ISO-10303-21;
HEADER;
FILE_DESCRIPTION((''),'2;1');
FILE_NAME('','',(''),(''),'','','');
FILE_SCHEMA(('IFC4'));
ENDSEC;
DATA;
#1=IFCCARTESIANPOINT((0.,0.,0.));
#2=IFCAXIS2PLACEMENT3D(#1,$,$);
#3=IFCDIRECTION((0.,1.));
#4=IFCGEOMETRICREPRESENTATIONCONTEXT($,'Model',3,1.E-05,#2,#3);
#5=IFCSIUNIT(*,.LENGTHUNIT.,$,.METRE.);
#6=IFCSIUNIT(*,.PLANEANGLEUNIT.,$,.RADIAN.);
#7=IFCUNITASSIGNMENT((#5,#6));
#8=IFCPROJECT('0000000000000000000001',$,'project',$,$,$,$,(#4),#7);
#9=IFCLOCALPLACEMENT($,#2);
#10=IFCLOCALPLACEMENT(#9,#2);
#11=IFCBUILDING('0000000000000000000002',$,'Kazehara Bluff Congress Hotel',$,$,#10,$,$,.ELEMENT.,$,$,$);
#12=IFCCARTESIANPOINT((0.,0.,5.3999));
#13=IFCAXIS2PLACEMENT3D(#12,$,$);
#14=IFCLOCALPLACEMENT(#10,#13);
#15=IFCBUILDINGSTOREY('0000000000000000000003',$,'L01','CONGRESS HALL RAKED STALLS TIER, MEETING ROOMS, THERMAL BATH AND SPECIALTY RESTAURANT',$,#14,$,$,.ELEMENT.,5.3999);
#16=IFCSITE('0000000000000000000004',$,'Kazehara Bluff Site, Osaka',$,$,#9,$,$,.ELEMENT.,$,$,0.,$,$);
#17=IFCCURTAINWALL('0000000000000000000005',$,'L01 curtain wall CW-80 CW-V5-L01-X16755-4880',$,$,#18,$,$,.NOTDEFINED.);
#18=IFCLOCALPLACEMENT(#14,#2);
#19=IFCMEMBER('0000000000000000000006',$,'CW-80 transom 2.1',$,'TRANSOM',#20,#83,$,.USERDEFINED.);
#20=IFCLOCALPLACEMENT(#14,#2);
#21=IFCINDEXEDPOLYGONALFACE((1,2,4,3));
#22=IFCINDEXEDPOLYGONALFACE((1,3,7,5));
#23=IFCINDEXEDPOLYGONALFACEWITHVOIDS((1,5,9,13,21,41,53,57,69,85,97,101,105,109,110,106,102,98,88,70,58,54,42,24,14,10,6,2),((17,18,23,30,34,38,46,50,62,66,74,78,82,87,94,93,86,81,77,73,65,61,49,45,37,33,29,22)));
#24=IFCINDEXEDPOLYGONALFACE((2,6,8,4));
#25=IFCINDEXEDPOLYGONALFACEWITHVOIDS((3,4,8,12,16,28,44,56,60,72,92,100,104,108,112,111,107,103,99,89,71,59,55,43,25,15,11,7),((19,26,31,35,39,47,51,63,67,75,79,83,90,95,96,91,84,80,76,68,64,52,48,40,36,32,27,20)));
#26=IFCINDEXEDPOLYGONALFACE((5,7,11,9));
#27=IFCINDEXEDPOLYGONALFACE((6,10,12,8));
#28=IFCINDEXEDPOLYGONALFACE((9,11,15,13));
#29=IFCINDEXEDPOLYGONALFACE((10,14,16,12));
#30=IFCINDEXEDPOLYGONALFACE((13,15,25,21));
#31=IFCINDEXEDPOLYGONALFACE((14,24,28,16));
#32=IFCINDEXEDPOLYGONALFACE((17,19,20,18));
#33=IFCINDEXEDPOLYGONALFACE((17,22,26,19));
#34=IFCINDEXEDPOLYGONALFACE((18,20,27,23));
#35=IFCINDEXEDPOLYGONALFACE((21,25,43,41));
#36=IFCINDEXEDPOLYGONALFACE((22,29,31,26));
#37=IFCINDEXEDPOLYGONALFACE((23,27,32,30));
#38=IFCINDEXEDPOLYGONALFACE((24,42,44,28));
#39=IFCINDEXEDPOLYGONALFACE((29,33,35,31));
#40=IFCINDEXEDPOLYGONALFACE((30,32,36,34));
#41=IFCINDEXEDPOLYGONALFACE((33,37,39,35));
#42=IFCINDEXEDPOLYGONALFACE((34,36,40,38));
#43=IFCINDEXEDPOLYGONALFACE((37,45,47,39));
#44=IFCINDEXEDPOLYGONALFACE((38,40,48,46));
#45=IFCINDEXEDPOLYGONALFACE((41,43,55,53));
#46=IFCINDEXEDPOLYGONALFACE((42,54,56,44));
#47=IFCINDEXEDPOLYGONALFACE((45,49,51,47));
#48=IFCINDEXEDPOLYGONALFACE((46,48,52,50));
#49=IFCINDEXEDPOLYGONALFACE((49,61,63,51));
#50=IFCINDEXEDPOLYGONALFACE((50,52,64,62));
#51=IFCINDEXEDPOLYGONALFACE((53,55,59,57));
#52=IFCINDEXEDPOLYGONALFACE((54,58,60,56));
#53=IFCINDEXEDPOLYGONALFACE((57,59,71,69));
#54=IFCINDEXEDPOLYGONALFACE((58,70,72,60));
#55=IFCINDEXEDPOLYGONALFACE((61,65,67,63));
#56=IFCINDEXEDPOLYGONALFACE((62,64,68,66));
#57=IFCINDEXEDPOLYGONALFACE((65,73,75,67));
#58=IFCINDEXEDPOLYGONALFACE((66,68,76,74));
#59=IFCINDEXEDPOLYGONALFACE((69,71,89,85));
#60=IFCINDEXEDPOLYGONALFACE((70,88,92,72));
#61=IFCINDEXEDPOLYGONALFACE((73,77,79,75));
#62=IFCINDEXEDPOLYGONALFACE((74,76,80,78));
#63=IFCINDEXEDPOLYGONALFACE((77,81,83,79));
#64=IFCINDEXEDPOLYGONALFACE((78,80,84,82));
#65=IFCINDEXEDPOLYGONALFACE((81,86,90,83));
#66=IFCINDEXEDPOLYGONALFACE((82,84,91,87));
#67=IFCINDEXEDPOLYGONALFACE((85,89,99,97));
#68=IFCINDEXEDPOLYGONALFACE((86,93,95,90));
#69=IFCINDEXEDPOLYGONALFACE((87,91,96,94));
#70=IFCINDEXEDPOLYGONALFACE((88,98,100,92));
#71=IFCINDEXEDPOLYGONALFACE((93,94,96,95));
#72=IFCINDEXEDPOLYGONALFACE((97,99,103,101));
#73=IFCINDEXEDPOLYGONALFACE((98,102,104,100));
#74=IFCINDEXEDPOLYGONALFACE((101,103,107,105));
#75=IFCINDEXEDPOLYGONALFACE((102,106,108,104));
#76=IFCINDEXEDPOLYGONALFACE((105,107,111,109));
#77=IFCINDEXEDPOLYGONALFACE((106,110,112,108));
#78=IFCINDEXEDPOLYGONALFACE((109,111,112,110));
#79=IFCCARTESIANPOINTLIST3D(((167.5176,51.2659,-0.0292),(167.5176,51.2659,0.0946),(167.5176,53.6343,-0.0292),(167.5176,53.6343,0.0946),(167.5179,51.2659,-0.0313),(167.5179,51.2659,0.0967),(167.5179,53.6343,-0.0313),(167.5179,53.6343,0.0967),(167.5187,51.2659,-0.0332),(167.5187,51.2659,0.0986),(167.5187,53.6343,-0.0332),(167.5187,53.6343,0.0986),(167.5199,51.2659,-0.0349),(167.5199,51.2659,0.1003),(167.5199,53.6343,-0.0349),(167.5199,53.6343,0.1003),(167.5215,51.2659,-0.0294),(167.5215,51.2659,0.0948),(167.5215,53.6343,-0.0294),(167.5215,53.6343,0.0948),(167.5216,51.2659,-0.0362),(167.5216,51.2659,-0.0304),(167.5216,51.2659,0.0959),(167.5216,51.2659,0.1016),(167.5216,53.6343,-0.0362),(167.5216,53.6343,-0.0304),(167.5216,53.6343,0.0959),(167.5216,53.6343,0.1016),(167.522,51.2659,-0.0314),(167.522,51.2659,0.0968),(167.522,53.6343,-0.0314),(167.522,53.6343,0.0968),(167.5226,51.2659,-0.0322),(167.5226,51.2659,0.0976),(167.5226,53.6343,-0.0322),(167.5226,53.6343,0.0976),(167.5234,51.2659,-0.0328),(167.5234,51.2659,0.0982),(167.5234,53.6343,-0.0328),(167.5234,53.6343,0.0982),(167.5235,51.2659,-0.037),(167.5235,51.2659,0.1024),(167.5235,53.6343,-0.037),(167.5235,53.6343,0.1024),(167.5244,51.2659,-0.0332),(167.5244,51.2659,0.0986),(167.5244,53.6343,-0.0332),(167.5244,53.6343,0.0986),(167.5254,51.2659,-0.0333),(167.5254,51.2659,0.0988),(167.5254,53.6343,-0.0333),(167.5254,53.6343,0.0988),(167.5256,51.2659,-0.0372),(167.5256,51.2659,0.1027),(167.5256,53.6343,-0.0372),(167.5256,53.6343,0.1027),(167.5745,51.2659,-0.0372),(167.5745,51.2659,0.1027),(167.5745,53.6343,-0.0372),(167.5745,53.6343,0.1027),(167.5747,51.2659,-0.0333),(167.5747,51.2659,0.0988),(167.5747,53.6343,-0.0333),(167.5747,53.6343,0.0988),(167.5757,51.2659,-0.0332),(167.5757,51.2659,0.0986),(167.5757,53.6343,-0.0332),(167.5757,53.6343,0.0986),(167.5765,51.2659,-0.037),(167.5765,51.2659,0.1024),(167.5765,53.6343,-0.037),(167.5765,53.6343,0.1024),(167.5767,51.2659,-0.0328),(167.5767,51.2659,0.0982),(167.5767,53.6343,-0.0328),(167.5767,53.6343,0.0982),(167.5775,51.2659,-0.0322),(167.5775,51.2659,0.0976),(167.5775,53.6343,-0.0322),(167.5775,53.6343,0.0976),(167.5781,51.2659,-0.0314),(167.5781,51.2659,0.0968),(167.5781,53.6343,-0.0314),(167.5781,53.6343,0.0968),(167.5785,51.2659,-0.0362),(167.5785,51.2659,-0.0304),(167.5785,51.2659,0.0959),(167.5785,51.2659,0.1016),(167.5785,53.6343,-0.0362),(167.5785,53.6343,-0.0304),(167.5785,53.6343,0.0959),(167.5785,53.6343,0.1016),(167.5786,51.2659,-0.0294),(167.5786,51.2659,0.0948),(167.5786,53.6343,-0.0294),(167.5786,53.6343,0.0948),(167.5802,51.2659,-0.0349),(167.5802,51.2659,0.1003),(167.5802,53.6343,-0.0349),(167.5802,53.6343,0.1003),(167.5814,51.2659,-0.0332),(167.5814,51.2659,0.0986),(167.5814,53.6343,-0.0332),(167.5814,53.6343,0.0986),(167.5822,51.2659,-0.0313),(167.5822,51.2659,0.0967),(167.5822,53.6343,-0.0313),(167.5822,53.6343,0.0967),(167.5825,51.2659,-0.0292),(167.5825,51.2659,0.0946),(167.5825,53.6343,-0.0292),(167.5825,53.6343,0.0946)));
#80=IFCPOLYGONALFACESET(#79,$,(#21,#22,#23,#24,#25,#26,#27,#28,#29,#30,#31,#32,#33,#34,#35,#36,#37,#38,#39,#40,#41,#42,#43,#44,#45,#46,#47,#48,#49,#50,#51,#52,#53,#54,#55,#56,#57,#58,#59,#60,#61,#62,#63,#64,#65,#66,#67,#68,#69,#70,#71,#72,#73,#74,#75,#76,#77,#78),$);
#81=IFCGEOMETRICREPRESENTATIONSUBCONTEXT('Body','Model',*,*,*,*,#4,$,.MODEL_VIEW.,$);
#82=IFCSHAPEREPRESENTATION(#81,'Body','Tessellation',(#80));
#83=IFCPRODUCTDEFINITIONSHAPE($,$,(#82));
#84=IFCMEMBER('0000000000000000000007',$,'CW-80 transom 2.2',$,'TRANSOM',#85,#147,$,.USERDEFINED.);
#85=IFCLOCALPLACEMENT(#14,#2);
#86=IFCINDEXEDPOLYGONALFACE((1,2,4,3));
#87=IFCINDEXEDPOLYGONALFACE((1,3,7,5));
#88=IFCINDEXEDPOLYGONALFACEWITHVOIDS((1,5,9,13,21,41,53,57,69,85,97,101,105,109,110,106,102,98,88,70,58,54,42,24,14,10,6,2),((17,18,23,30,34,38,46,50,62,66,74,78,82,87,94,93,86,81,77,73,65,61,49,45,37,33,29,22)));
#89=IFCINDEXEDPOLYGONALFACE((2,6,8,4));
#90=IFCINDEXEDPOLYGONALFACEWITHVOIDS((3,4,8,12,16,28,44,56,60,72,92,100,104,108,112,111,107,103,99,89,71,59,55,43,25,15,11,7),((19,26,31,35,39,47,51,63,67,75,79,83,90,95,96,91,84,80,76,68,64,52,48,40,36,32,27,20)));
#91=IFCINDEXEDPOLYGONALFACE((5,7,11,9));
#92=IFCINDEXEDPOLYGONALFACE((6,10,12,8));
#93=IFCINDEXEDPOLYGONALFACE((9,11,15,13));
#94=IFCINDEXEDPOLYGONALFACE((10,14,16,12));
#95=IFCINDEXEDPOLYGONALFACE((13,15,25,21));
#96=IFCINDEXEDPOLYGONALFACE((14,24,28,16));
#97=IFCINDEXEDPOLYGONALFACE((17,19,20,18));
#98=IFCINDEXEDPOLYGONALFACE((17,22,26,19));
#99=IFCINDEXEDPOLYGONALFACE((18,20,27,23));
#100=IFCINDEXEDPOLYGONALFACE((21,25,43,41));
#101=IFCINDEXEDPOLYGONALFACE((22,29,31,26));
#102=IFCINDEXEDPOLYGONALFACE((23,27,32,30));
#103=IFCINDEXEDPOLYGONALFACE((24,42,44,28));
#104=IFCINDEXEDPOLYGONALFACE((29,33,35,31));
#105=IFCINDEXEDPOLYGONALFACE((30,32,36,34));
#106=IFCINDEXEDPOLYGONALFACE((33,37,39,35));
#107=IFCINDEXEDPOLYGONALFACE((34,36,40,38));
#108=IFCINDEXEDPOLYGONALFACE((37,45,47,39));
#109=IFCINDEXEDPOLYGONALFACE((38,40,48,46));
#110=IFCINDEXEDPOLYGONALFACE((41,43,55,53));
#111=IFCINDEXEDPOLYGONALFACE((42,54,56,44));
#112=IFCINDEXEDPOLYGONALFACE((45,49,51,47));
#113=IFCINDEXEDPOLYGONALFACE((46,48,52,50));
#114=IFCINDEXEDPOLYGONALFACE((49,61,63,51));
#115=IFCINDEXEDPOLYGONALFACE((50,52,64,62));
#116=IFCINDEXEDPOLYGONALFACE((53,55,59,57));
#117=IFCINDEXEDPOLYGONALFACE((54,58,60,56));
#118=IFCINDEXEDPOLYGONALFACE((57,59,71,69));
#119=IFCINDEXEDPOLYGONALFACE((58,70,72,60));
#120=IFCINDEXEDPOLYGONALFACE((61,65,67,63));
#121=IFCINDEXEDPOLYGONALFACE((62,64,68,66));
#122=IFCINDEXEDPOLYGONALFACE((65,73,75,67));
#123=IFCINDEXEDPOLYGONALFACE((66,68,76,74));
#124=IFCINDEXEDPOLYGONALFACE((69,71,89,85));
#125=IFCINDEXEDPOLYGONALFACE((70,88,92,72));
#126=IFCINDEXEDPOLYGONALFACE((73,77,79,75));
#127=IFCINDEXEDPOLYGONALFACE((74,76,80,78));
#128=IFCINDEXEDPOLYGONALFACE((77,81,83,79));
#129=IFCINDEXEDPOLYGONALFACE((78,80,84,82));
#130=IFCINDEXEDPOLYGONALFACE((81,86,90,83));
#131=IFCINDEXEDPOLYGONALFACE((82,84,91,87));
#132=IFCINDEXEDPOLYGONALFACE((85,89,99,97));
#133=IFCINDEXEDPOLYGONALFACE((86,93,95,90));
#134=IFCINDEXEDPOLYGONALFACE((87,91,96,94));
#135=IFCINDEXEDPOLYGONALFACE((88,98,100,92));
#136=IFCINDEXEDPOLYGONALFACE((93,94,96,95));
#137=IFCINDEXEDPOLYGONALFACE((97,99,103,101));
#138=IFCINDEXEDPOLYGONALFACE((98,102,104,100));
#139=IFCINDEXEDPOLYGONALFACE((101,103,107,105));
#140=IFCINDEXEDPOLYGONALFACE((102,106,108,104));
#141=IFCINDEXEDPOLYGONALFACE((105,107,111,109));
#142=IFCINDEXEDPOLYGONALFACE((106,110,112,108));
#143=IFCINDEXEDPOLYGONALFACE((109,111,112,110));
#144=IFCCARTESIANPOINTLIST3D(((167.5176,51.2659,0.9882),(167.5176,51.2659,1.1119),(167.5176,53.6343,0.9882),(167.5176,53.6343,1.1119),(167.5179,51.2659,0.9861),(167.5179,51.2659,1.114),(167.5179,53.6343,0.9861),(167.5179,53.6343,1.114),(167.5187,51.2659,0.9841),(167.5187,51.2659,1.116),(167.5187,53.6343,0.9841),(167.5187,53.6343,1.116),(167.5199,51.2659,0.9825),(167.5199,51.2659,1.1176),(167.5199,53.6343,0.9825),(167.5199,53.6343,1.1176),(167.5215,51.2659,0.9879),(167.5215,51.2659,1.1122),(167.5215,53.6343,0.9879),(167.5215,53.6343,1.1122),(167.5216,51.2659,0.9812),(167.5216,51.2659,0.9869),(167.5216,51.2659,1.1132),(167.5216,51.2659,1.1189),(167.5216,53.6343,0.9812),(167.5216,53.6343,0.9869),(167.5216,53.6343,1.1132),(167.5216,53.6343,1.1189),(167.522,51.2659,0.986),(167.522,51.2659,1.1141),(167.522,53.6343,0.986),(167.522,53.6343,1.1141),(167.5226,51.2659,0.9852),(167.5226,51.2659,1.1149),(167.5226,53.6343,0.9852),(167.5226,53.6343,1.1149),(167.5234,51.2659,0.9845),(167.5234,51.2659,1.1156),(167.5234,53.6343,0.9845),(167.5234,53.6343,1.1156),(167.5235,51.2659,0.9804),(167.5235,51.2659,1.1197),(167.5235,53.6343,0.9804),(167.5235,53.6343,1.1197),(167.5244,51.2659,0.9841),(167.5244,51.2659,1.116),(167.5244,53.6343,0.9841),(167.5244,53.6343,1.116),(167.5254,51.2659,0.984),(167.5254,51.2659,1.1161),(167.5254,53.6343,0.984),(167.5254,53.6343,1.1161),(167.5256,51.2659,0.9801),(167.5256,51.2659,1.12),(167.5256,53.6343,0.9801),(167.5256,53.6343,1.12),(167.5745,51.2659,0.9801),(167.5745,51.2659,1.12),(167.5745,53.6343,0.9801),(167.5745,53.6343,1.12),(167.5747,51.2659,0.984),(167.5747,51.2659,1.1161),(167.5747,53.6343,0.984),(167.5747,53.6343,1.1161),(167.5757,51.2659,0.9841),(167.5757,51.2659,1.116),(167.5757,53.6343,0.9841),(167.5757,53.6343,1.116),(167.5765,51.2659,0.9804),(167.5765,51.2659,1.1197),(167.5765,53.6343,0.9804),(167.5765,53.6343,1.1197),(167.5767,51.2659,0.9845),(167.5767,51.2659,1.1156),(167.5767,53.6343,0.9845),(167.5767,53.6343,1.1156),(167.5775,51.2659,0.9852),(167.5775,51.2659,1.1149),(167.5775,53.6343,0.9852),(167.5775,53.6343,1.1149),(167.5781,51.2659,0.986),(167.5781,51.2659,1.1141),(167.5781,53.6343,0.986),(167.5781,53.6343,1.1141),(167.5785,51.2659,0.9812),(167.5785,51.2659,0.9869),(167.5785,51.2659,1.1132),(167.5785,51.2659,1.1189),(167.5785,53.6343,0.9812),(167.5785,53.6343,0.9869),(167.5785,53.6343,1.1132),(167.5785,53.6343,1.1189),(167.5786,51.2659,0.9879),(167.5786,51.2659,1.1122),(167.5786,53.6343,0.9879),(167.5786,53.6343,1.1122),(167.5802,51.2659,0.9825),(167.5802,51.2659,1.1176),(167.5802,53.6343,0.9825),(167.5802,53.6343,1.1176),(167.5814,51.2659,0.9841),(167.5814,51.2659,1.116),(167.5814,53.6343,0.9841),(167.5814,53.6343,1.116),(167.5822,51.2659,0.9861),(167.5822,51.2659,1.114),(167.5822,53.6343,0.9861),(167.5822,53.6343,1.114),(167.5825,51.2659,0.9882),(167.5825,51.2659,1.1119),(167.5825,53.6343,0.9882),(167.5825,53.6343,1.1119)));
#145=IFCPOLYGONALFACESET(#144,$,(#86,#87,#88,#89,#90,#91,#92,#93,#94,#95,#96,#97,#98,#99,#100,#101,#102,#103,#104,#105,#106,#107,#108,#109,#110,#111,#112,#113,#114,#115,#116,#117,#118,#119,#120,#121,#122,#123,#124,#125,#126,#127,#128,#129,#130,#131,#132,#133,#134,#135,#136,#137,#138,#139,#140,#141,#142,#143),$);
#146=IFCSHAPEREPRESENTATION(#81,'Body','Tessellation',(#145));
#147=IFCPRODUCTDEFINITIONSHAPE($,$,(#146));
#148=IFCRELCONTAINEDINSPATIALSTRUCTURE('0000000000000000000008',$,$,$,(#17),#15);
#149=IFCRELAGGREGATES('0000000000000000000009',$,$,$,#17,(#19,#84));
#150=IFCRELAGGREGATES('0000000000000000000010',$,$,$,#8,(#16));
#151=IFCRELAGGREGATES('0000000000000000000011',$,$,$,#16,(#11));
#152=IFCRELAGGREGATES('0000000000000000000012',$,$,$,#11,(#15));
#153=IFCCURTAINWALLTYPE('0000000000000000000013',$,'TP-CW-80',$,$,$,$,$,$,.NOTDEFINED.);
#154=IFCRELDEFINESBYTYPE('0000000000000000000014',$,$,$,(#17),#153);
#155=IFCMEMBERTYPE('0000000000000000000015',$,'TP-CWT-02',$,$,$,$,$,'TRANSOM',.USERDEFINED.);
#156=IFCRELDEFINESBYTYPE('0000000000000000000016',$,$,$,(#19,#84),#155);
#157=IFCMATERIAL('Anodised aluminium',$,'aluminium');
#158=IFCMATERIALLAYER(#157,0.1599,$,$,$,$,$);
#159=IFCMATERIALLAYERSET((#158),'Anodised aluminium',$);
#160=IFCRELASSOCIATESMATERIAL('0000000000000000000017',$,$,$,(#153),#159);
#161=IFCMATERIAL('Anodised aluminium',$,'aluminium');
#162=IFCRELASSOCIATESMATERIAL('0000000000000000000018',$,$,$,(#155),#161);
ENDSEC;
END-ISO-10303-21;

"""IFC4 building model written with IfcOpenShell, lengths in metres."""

from ifc_helpers import new_model, si_unit, direction, frame, origin, origin_2d, place, context, subcontext, project, spatial, hollow_rectangle, extrude, material, layer, layer_set, material_profile, profile_set, type_object, element, aggregate, save


model = new_model("IFC4")

# Units and contexts
model_context = context("Model", 3, precision=1e-05, world=origin(), true_north=direction((0.0, 1.0)))
body_context = subcontext(model_context, "Body", "Model", "MODEL_VIEW")
ifc_project = project(units=[si_unit("LENGTHUNIT", "METRE"), si_unit("PLANEANGLEUNIT", "RADIAN")], contexts=[model_context])

# Site, building, storey
site_placement = place(None, origin())
site = spatial("IfcSite", under=ifc_project, at=site_placement, Name="Kazehara Bluff Site, Osaka", CompositionType="ELEMENT", RefElevation=0.0)
building_placement = place(site_placement, origin())
building = spatial("IfcBuilding", under=site, at=building_placement, Name="Kazehara Bluff Congress Hotel", CompositionType="ELEMENT")
storey_placement = place(building_placement, frame((0.0, 0.0, 5.3999)))
storey = spatial("IfcBuildingStorey", under=building, at=storey_placement, Name="L01", Description="CONGRESS HALL RAKED STALLS TIER, MEETING ROOMS, THERMAL BATH AND SPECIALTY RESTAURANT", CompositionType="ELEMENT", Elevation=5.3999)

# Curtain wall
ifc_material_1 = material(Name="Anodised aluminium", Category="aluminium")
ifc_layer_1 = layer(ifc_material_1, 0.1599)
ifc_layer_set_1 = layer_set([ifc_layer_1], Name="Anodised aluminium")
curtain_wall_type_1 = type_object("IfcCurtainWallType", Name="TP-CW-80", PredefinedType="NOTDEFINED", material=ifc_layer_set_1)
curtain_wall_1_placement = place(storey_placement, origin())
curtain_wall_1 = element("IfcCurtainWall", 1, at=curtain_wall_1_placement, inside=storey, type_object=curtain_wall_type_1, Name="L01 curtain wall CW-80 CW-V5-L01-X16755-4880", PredefinedType="NOTDEFINED")

# Members
ifc_material_2 = material(Name="Anodised aluminium", Category="aluminium")
ifc_material_profile_1 = material_profile(ifc_material_2, hollow_rectangle(XDim=0.0649, YDim=0.1399, WallThickness=0.0039, InnerFilletRadius=0.0039, OuterFilletRadius=0.0081, at=origin_2d()))
ifc_profile_set_1 = profile_set([ifc_material_profile_1], Name="Anodised aluminium")
member_type_1 = type_object("IfcMemberType", Name="TP-CWT-02", ElementType="TRANSOM", PredefinedType="USERDEFINED", material=ifc_profile_set_1)
member_1_placement = place(storey_placement, frame((167.55, 51.2659, 0.0327), z_axis=(0.0, 1.0, 0.0), x_axis=(-1.0, 0.0, 0.0)))
member_1 = element("IfcMember", 2, at=member_1_placement, type_object=member_type_1, Name="CW-80 transom 2.1", ObjectType="TRANSOM", PredefinedType="USERDEFINED", context=body_context, shape_type="SweptSolid", body=[
    extrude(hollow_rectangle(XDim=0.0649, YDim=0.1399, WallThickness=0.0039, InnerFilletRadius=0.0039, OuterFilletRadius=0.0081, at=origin_2d()), origin(), (0.0, 0.0, 1.0), 2.3684),
])
member_2_placement = place(storey_placement, frame((167.55, 51.2659, 1.05), z_axis=(0.0, 1.0, 0.0), x_axis=(-1.0, 0.0, 0.0)))
member_2 = element("IfcMember", 3, at=member_2_placement, type_object=member_type_1, Name="CW-80 transom 2.2", ObjectType="TRANSOM", PredefinedType="USERDEFINED", context=body_context, shape_type="SweptSolid", body=[
    extrude(hollow_rectangle(XDim=0.0649, YDim=0.1399, WallThickness=0.0039, InnerFilletRadius=0.0039, OuterFilletRadius=0.0081, at=origin_2d()), origin(), (0.0, 0.0, 1.0), 2.3684),
])

aggregate(curtain_wall_1, [member_1, member_2])

save(model, "model.ifc")
